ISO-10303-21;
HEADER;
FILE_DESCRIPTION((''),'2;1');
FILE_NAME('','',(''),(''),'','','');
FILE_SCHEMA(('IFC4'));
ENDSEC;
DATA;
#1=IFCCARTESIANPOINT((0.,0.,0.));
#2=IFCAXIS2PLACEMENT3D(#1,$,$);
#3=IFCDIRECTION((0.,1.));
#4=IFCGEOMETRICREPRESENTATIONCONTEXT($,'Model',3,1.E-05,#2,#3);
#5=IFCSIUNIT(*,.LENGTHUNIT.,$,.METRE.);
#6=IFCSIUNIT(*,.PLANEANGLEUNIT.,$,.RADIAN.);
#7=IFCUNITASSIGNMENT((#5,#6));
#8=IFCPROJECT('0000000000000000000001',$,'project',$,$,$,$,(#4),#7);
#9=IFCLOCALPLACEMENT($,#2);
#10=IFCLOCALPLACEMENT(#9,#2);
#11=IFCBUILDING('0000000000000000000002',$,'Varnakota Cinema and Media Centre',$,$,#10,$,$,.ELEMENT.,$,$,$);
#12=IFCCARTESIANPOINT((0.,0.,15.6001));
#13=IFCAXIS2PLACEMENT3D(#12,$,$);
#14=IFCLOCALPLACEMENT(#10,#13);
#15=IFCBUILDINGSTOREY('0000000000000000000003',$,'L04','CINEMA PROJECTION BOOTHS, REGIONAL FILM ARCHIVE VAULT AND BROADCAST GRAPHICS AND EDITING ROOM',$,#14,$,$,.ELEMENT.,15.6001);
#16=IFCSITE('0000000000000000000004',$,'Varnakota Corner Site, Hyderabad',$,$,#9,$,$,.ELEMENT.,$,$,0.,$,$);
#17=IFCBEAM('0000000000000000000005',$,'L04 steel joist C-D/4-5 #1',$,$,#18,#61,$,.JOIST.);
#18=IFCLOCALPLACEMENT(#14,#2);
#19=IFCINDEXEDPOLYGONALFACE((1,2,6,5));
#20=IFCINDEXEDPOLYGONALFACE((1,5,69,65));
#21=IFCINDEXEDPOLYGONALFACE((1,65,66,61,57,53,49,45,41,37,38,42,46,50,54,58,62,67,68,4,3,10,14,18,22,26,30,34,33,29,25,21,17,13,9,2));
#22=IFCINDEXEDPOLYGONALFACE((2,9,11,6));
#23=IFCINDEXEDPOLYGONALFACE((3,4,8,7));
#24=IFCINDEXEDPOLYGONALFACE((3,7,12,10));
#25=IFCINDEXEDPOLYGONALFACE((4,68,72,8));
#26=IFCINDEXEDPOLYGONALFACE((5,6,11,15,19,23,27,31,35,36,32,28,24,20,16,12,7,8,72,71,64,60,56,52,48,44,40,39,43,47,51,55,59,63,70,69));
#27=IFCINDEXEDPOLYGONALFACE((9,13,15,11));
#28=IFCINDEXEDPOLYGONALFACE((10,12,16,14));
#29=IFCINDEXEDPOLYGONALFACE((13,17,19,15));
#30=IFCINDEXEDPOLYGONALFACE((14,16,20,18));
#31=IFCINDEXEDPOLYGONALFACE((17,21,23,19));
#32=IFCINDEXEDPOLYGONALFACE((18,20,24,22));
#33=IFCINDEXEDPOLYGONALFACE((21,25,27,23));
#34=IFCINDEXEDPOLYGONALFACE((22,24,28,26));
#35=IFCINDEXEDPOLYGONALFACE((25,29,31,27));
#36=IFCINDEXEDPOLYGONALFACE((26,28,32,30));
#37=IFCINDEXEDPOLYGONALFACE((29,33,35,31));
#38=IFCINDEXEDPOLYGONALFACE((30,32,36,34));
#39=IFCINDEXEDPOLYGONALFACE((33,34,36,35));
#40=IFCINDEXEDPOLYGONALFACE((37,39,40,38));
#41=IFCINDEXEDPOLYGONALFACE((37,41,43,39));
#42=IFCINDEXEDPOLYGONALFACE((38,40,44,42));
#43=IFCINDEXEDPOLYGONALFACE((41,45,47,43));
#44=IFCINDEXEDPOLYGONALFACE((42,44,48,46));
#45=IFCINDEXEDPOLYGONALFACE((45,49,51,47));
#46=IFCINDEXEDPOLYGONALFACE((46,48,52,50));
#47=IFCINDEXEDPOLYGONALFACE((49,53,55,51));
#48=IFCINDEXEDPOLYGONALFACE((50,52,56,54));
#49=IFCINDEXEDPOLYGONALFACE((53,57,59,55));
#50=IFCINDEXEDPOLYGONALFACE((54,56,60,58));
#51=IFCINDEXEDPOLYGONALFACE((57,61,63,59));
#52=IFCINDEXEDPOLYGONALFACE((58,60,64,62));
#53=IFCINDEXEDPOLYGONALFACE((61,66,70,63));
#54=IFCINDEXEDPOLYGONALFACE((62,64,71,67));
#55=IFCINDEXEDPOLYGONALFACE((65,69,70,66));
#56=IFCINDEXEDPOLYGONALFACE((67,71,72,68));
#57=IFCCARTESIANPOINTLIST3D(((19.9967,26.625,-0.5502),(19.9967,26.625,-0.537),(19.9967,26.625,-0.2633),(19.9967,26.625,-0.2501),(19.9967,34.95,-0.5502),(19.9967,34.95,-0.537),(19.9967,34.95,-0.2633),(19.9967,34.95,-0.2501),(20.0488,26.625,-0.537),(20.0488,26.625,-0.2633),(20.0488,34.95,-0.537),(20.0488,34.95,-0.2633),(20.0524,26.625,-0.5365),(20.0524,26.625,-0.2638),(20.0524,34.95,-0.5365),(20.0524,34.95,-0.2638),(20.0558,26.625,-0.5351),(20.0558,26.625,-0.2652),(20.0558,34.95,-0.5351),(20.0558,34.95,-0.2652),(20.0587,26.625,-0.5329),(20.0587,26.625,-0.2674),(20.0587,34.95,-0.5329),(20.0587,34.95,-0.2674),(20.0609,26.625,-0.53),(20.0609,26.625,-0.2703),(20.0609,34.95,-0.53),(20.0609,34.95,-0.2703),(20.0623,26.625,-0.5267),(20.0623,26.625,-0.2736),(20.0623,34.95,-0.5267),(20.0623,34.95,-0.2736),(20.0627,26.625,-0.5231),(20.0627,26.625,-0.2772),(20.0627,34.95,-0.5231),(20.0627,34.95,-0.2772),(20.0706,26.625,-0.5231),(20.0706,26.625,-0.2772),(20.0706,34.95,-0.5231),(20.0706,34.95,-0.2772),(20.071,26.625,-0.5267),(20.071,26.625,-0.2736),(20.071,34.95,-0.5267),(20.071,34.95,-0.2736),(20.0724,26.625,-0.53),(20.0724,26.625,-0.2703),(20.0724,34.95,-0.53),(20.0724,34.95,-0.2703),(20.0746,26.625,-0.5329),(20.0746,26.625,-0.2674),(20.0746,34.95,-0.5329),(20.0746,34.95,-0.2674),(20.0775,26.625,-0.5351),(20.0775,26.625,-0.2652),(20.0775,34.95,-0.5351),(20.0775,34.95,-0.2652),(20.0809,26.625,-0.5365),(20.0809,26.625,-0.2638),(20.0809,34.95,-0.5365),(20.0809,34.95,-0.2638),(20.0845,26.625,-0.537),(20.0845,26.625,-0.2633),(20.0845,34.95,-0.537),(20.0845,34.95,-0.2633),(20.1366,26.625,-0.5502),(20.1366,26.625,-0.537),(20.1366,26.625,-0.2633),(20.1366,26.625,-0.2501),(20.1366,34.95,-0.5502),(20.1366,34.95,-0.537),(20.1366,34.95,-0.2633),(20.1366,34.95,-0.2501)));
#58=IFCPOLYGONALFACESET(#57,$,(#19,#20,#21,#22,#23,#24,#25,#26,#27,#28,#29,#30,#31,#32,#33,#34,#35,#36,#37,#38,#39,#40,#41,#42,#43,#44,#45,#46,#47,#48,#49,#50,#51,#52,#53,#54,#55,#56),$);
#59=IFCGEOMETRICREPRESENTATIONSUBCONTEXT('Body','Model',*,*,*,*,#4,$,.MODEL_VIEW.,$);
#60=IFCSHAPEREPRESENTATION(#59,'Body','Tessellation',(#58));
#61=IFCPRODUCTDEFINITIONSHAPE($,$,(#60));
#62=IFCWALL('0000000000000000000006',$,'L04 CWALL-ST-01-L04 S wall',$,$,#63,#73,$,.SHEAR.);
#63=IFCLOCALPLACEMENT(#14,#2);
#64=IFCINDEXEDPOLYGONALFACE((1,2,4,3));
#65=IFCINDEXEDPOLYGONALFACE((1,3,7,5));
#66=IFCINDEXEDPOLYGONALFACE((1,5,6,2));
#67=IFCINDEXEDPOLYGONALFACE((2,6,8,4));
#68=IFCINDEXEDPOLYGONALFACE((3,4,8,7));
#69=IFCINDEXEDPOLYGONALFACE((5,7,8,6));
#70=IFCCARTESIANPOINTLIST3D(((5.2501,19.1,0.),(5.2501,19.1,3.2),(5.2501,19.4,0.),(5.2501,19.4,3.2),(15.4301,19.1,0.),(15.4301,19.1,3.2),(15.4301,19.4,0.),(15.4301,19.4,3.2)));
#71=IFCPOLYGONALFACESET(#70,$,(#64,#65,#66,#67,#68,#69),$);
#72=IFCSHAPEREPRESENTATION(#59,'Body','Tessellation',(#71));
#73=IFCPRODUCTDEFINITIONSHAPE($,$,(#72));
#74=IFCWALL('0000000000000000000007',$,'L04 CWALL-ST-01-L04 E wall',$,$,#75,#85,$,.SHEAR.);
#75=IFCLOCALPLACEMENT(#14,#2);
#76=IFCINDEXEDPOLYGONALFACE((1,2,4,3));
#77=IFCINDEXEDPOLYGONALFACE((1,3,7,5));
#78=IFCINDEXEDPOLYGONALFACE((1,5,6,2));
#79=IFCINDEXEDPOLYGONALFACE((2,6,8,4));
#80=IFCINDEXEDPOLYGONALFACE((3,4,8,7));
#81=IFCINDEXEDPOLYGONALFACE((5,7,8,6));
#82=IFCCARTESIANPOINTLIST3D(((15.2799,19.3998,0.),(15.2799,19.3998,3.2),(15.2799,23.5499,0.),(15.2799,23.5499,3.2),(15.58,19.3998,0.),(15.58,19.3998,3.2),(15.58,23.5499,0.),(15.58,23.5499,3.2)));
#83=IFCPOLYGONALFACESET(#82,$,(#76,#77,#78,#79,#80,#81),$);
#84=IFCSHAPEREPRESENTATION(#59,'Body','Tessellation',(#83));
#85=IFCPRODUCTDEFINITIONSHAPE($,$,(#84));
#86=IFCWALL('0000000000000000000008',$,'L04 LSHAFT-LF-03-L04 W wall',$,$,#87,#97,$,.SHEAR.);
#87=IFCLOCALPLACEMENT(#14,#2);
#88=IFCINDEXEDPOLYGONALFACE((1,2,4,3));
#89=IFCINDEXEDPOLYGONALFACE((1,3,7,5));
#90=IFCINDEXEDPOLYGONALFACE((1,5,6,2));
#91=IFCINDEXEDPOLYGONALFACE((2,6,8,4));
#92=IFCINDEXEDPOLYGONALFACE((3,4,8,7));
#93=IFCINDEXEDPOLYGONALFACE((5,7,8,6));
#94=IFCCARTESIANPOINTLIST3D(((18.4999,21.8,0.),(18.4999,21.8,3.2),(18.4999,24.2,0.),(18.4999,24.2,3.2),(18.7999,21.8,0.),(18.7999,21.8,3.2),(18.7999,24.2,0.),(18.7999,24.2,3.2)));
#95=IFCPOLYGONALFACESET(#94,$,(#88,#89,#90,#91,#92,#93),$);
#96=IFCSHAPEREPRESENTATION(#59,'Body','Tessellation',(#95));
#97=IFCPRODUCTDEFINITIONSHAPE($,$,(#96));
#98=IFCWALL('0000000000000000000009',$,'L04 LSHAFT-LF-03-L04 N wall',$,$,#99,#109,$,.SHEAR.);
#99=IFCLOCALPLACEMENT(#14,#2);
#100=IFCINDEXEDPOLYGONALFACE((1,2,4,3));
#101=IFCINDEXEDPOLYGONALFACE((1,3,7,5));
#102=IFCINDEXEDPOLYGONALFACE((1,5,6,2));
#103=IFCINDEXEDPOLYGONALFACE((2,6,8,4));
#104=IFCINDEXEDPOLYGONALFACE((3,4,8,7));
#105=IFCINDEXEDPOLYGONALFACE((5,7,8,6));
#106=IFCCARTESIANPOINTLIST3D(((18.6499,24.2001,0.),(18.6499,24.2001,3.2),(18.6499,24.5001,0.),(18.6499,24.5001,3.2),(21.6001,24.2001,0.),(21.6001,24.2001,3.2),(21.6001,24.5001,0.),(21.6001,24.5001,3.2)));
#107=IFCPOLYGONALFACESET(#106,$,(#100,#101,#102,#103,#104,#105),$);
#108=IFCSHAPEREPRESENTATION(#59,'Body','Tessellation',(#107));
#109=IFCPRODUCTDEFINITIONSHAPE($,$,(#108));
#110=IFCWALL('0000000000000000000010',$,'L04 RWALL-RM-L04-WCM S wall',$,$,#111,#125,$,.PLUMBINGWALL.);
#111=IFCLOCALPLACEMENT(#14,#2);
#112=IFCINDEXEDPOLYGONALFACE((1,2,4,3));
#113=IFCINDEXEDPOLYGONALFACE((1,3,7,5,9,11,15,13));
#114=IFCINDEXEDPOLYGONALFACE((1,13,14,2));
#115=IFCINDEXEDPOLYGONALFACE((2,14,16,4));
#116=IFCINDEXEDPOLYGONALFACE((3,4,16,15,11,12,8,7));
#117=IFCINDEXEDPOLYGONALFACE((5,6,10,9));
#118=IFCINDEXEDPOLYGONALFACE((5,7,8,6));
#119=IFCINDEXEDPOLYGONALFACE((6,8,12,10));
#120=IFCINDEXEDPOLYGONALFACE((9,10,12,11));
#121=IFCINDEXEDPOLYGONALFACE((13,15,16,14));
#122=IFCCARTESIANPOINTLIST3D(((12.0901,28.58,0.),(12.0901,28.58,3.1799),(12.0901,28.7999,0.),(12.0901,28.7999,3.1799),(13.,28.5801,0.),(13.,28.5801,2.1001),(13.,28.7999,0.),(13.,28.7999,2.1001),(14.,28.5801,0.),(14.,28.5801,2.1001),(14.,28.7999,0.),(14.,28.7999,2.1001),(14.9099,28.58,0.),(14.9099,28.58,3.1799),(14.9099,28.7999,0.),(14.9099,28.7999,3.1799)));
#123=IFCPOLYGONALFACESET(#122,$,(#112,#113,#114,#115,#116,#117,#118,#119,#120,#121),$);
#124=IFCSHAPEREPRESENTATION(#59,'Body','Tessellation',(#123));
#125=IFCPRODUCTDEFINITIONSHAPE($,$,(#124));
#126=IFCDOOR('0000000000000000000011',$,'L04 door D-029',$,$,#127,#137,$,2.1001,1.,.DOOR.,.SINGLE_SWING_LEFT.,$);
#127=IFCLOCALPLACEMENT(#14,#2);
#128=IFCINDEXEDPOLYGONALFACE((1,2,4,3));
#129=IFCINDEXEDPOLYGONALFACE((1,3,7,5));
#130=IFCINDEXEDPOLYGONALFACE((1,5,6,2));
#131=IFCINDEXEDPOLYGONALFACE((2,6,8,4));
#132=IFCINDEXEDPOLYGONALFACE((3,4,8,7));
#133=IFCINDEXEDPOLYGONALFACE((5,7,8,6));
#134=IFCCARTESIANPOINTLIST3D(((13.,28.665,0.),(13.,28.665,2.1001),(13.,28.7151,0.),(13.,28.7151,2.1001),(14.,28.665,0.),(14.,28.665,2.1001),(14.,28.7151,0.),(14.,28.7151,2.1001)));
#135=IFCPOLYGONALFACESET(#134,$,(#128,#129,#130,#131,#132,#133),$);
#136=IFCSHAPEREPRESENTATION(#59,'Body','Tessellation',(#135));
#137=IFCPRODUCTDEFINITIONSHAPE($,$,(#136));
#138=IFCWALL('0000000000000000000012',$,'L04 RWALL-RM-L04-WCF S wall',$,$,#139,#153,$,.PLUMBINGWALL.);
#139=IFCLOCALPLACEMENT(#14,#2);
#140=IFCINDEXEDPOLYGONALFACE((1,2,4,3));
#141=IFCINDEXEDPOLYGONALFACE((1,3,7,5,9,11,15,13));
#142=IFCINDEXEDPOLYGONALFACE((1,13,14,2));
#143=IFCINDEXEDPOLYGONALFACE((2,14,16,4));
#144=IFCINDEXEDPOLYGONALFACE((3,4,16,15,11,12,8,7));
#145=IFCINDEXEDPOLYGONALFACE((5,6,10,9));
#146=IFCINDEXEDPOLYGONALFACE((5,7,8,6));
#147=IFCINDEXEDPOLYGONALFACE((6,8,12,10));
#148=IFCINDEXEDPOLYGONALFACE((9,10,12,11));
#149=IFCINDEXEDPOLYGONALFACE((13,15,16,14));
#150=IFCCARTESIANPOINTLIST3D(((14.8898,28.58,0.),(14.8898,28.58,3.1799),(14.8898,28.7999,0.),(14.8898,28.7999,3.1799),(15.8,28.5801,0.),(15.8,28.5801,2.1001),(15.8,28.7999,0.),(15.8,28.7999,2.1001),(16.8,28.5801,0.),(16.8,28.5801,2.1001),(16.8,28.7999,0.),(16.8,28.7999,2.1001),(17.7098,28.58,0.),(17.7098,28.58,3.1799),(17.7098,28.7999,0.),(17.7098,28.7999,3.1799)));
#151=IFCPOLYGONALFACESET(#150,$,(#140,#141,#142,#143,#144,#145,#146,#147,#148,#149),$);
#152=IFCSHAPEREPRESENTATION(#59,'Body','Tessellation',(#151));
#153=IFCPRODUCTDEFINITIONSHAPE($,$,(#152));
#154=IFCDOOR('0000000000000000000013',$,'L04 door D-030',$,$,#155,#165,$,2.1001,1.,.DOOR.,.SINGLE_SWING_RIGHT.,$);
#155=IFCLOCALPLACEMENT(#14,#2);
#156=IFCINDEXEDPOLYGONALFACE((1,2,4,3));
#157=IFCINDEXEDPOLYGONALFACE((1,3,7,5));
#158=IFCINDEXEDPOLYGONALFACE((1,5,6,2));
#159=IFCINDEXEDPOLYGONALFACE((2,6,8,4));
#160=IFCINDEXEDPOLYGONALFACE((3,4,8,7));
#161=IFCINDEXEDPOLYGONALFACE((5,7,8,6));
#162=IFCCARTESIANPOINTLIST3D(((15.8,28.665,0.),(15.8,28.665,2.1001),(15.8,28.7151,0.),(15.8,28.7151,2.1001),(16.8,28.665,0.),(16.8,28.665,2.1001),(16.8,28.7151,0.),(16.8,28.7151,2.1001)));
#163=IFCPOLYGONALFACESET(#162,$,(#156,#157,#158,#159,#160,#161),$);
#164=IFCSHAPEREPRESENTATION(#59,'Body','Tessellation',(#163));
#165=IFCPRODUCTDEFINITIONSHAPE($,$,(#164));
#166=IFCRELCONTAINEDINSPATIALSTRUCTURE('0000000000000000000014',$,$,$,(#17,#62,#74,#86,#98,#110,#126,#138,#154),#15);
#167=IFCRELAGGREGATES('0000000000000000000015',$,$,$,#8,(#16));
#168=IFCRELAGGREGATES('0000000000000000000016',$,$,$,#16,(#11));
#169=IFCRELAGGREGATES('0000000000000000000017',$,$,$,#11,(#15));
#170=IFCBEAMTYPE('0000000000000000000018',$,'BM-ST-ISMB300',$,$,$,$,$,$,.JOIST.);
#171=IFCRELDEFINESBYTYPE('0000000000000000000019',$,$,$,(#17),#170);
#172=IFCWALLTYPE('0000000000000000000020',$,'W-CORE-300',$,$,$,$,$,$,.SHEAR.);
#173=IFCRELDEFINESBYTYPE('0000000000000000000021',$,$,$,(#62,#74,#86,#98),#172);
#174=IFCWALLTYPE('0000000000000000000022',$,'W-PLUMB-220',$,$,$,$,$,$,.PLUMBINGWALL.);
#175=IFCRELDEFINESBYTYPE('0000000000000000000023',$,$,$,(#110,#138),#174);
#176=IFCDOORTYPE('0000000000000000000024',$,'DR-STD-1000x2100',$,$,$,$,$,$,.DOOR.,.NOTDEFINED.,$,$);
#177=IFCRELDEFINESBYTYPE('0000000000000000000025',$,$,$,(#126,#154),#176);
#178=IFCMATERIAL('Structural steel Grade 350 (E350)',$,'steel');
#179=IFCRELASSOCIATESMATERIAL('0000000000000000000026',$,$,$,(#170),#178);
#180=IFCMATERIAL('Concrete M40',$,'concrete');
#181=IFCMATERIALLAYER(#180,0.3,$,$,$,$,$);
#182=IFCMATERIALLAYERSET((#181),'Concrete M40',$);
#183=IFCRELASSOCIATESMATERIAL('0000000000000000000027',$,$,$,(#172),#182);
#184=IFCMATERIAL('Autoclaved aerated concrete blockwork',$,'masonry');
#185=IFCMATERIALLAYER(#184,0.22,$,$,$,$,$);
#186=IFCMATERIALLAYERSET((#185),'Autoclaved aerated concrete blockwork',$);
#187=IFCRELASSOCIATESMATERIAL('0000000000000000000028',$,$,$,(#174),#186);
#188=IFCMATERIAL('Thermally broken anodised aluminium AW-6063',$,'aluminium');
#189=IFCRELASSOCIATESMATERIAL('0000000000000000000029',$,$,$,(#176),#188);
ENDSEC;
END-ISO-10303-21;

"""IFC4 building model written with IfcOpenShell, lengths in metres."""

from ifc_helpers import new_model, si_unit, direction, frame, frame_2d, origin, origin_2d, place, context, subcontext, project, spatial, rectangle, i_section, extrude, material, layer, layer_set, material_profile, profile_set, type_object, element, fill, save


model = new_model("IFC4")

# Units and contexts
model_context = context("Model", 3, precision=1e-05, world=origin(), true_north=direction((0.0, 1.0)))
body_context = subcontext(model_context, "Body", "Model", "MODEL_VIEW")
ifc_project = project(units=[si_unit("LENGTHUNIT", "METRE"), si_unit("PLANEANGLEUNIT", "RADIAN")], contexts=[model_context])

# Site, building, storey
site_placement = place(None, origin())
site = spatial("IfcSite", under=ifc_project, at=site_placement, Name="Varnakota Corner Site, Hyderabad", CompositionType="ELEMENT", RefElevation=0.0)
building_placement = place(site_placement, origin())
building = spatial("IfcBuilding", under=site, at=building_placement, Name="Varnakota Cinema and Media Centre", CompositionType="ELEMENT")
storey_placement = place(building_placement, frame((0.0, 0.0, 15.6001)))
storey = spatial("IfcBuildingStorey", under=building, at=storey_placement, Name="L04", Description="CINEMA PROJECTION BOOTHS, REGIONAL FILM ARCHIVE VAULT AND BROADCAST GRAPHICS AND EDITING ROOM", CompositionType="ELEMENT", Elevation=15.6001)

# Beam
ifc_material_1 = material(Name="Structural steel Grade 350 (E350)", Category="steel")
ifc_material_profile_1 = material_profile(ifc_material_1, i_section(OverallWidth=0.1399, OverallDepth=0.3, WebThickness=0.0078, FlangeThickness=0.0132, FilletRadius=0.0139, at=origin_2d()), Name="ISMB 300")
ifc_profile_set_1 = profile_set([ifc_material_profile_1], Name="Structural steel Grade 350 (E350)")
beam_type_1 = type_object("IfcBeamType", Name="BM-ST-ISMB300", PredefinedType="JOIST", material=ifc_profile_set_1)
beam_1_placement = place(storey_placement, frame((20.0667, 26.625, -0.4001), z_axis=(0.0, 1.0, 0.0), x_axis=(-1.0, 0.0, 0.0)))
element("IfcBeam", 1, at=beam_1_placement, inside=storey, type_object=beam_type_1, Name="L04 steel joist C-D/4-5 #1", PredefinedType="JOIST", context=body_context, shape_type="SweptSolid", body=[
    extrude(i_section(OverallWidth=0.1399, OverallDepth=0.3, WebThickness=0.0078, FlangeThickness=0.0132, FilletRadius=0.0139, at=origin_2d()), origin(), (0.0, 0.0, 1.0), 8.325),
])

# Walls
ifc_material_2 = material(Name="Concrete M40", Category="concrete")
ifc_layer_1 = layer(ifc_material_2, 0.3)
ifc_layer_set_1 = layer_set([ifc_layer_1], Name="Concrete M40")
wall_type_1 = type_object("IfcWallType", Name="W-CORE-300", PredefinedType="SHEAR", material=ifc_layer_set_1)
wall_1_placement = place(storey_placement, frame((15.4299, 19.25, 0.0), z_axis=(0.0, 0.0, 1.0), x_axis=(-1.0, 0.0, 0.0)))
element("IfcWall", 2, at=wall_1_placement, inside=storey, type_object=wall_type_1, Name="L04 CWALL-ST-01-L04 S wall", PredefinedType="SHEAR", context=body_context, shape_type="SweptSolid", body=[
    extrude(rectangle(XDim=10.1799, YDim=0.3, at=frame_2d((5.0898, 0.0))), origin(), (0.0, 0.0, 1.0), 3.2),
])
wall_2_placement = place(storey_placement, frame((15.4299, 23.55, 0.0), z_axis=(0.0, 0.0, 1.0), x_axis=(0.0, -1.0, 0.0)))
element("IfcWall", 3, at=wall_2_placement, inside=storey, type_object=wall_type_1, Name="L04 CWALL-ST-01-L04 E wall", PredefinedType="SHEAR", context=body_context, shape_type="SweptSolid", body=[
    extrude(rectangle(XDim=4.1501, YDim=0.3, at=frame_2d((2.0752, 0.0))), origin(), (0.0, 0.0, 1.0), 3.2),
])
wall_3_placement = place(storey_placement, frame((18.6499, 21.8, 0.0), z_axis=(0.0, 0.0, 1.0), x_axis=(0.0, 1.0, 0.0)))
element("IfcWall", 4, at=wall_3_placement, inside=storey, type_object=wall_type_1, Name="L04 LSHAFT-LF-03-L04 W wall", PredefinedType="SHEAR", context=body_context, shape_type="SweptSolid", body=[
    extrude(rectangle(XDim=2.3999, YDim=0.3, at=frame_2d((1.2, 0.0))), origin(), (0.0, 0.0, 1.0), 3.2),
])
wall_4_placement = place(storey_placement, frame((18.6499, 24.3501, 0.0), z_axis=(0.0, 0.0, 1.0), x_axis=(1.0, 0.0, 0.0)))
element("IfcWall", 5, at=wall_4_placement, inside=storey, type_object=wall_type_1, Name="L04 LSHAFT-LF-03-L04 N wall", PredefinedType="SHEAR", context=body_context, shape_type="SweptSolid", body=[
    extrude(rectangle(XDim=2.9502, YDim=0.3, at=frame_2d((1.4751, 0.0))), origin(), (0.0, 0.0, 1.0), 3.2),
])

# Walls, openings, doors
ifc_material_3 = material(Name="Autoclaved aerated concrete blockwork", Category="masonry")
ifc_layer_2 = layer(ifc_material_3, 0.22)
ifc_layer_set_2 = layer_set([ifc_layer_2], Name="Autoclaved aerated concrete blockwork")
wall_type_2 = type_object("IfcWallType", Name="W-PLUMB-220", PredefinedType="PLUMBINGWALL", material=ifc_layer_set_2)
wall_5_placement = place(storey_placement, frame((14.9099, 28.6899, 0.0), z_axis=(0.0, 0.0, 1.0), x_axis=(-1.0, 0.0, 0.0)))
wall_5 = element("IfcWall", 6, at=wall_5_placement, inside=storey, type_object=wall_type_2, Name="L04 RWALL-RM-L04-WCM S wall", PredefinedType="PLUMBINGWALL", context=body_context, shape_type="SweptSolid", body=[
    extrude(rectangle(XDim=2.8198, YDim=0.22, at=frame_2d((1.4099, 0.0))), origin(), (0.0, 0.0, 1.0), 3.1799),
])
opening_1_placement = place(wall_5_placement, frame((0.9099, 0.0, 0.0)))
opening_1 = element("IfcOpeningElement", 7, at=opening_1_placement, cuts=wall_5, PredefinedType="OPENING", context=body_context, shape_type="SweptSolid", body=[
    extrude(rectangle(XDim=1.0, YDim=2.1001, at=frame_2d((0.5, 1.05))), frame((0.0, 0.1099, 0.0), z_axis=(0.0, -1.0, 0.0), x_axis=(1.0, 0.0, 0.0)), (0.0, 0.0, 1.0), 0.22),
])
ifc_material_4 = material(Name="Thermally broken anodised aluminium AW-6063", Category="aluminium")
door_type = type_object("IfcDoorType", Name="DR-STD-1000x2100", OperationType="NOTDEFINED", PredefinedType="DOOR", material=ifc_material_4)
door_1_placement = place(opening_1_placement, origin())
door_1 = element("IfcDoor", 8, at=door_1_placement, inside=storey, type_object=door_type, Name="L04 door D-029", OperationType="SINGLE_SWING_LEFT", OverallHeight=2.1001, OverallWidth=1.0, PredefinedType="DOOR", context=body_context, shape_type="SweptSolid", body=[
    extrude(rectangle(XDim=1.0, YDim=2.1001, at=frame_2d((0.5, 1.05))), frame((0.0, 0.0249, 0.0), z_axis=(0.0, -1.0, 0.0), x_axis=(1.0, 0.0, 0.0)), (0.0, 0.0, 1.0), 0.05),
])
fill(opening_1, door_1)
wall_6_placement = place(storey_placement, frame((17.71, 28.6899, 0.0), z_axis=(0.0, 0.0, 1.0), x_axis=(-1.0, 0.0, 0.0)))
wall_6 = element("IfcWall", 9, at=wall_6_placement, inside=storey, type_object=wall_type_2, Name="L04 RWALL-RM-L04-WCF S wall", PredefinedType="PLUMBINGWALL", context=body_context, shape_type="SweptSolid", body=[
    extrude(rectangle(XDim=2.8201, YDim=0.22, at=frame_2d((1.4102, 0.0))), origin(), (0.0, 0.0, 1.0), 3.1799),
])
opening_2_placement = place(wall_6_placement, frame((0.9099, 0.0, 0.0)))
opening_2 = element("IfcOpeningElement", 10, at=opening_2_placement, cuts=wall_6, PredefinedType="OPENING", context=body_context, shape_type="SweptSolid", body=[
    extrude(rectangle(XDim=1.0, YDim=2.1001, at=frame_2d((0.5, 1.05))), frame((0.0, 0.1099, 0.0), z_axis=(0.0, -1.0, 0.0), x_axis=(1.0, 0.0, 0.0)), (0.0, 0.0, 1.0), 0.22),
])
door_2_placement = place(opening_2_placement, origin())
door_2 = element("IfcDoor", 11, at=door_2_placement, inside=storey, type_object=door_type, Name="L04 door D-030", OperationType="SINGLE_SWING_RIGHT", OverallHeight=2.1001, OverallWidth=1.0, PredefinedType="DOOR", context=body_context, shape_type="SweptSolid", body=[
    extrude(rectangle(XDim=1.0, YDim=2.1001, at=frame_2d((0.5, 1.05))), frame((0.0, 0.0249, 0.0), z_axis=(0.0, -1.0, 0.0), x_axis=(1.0, 0.0, 0.0)), (0.0, 0.0, 1.0), 0.05),
])
fill(opening_2, door_2)

save(model, "model.ifc")
